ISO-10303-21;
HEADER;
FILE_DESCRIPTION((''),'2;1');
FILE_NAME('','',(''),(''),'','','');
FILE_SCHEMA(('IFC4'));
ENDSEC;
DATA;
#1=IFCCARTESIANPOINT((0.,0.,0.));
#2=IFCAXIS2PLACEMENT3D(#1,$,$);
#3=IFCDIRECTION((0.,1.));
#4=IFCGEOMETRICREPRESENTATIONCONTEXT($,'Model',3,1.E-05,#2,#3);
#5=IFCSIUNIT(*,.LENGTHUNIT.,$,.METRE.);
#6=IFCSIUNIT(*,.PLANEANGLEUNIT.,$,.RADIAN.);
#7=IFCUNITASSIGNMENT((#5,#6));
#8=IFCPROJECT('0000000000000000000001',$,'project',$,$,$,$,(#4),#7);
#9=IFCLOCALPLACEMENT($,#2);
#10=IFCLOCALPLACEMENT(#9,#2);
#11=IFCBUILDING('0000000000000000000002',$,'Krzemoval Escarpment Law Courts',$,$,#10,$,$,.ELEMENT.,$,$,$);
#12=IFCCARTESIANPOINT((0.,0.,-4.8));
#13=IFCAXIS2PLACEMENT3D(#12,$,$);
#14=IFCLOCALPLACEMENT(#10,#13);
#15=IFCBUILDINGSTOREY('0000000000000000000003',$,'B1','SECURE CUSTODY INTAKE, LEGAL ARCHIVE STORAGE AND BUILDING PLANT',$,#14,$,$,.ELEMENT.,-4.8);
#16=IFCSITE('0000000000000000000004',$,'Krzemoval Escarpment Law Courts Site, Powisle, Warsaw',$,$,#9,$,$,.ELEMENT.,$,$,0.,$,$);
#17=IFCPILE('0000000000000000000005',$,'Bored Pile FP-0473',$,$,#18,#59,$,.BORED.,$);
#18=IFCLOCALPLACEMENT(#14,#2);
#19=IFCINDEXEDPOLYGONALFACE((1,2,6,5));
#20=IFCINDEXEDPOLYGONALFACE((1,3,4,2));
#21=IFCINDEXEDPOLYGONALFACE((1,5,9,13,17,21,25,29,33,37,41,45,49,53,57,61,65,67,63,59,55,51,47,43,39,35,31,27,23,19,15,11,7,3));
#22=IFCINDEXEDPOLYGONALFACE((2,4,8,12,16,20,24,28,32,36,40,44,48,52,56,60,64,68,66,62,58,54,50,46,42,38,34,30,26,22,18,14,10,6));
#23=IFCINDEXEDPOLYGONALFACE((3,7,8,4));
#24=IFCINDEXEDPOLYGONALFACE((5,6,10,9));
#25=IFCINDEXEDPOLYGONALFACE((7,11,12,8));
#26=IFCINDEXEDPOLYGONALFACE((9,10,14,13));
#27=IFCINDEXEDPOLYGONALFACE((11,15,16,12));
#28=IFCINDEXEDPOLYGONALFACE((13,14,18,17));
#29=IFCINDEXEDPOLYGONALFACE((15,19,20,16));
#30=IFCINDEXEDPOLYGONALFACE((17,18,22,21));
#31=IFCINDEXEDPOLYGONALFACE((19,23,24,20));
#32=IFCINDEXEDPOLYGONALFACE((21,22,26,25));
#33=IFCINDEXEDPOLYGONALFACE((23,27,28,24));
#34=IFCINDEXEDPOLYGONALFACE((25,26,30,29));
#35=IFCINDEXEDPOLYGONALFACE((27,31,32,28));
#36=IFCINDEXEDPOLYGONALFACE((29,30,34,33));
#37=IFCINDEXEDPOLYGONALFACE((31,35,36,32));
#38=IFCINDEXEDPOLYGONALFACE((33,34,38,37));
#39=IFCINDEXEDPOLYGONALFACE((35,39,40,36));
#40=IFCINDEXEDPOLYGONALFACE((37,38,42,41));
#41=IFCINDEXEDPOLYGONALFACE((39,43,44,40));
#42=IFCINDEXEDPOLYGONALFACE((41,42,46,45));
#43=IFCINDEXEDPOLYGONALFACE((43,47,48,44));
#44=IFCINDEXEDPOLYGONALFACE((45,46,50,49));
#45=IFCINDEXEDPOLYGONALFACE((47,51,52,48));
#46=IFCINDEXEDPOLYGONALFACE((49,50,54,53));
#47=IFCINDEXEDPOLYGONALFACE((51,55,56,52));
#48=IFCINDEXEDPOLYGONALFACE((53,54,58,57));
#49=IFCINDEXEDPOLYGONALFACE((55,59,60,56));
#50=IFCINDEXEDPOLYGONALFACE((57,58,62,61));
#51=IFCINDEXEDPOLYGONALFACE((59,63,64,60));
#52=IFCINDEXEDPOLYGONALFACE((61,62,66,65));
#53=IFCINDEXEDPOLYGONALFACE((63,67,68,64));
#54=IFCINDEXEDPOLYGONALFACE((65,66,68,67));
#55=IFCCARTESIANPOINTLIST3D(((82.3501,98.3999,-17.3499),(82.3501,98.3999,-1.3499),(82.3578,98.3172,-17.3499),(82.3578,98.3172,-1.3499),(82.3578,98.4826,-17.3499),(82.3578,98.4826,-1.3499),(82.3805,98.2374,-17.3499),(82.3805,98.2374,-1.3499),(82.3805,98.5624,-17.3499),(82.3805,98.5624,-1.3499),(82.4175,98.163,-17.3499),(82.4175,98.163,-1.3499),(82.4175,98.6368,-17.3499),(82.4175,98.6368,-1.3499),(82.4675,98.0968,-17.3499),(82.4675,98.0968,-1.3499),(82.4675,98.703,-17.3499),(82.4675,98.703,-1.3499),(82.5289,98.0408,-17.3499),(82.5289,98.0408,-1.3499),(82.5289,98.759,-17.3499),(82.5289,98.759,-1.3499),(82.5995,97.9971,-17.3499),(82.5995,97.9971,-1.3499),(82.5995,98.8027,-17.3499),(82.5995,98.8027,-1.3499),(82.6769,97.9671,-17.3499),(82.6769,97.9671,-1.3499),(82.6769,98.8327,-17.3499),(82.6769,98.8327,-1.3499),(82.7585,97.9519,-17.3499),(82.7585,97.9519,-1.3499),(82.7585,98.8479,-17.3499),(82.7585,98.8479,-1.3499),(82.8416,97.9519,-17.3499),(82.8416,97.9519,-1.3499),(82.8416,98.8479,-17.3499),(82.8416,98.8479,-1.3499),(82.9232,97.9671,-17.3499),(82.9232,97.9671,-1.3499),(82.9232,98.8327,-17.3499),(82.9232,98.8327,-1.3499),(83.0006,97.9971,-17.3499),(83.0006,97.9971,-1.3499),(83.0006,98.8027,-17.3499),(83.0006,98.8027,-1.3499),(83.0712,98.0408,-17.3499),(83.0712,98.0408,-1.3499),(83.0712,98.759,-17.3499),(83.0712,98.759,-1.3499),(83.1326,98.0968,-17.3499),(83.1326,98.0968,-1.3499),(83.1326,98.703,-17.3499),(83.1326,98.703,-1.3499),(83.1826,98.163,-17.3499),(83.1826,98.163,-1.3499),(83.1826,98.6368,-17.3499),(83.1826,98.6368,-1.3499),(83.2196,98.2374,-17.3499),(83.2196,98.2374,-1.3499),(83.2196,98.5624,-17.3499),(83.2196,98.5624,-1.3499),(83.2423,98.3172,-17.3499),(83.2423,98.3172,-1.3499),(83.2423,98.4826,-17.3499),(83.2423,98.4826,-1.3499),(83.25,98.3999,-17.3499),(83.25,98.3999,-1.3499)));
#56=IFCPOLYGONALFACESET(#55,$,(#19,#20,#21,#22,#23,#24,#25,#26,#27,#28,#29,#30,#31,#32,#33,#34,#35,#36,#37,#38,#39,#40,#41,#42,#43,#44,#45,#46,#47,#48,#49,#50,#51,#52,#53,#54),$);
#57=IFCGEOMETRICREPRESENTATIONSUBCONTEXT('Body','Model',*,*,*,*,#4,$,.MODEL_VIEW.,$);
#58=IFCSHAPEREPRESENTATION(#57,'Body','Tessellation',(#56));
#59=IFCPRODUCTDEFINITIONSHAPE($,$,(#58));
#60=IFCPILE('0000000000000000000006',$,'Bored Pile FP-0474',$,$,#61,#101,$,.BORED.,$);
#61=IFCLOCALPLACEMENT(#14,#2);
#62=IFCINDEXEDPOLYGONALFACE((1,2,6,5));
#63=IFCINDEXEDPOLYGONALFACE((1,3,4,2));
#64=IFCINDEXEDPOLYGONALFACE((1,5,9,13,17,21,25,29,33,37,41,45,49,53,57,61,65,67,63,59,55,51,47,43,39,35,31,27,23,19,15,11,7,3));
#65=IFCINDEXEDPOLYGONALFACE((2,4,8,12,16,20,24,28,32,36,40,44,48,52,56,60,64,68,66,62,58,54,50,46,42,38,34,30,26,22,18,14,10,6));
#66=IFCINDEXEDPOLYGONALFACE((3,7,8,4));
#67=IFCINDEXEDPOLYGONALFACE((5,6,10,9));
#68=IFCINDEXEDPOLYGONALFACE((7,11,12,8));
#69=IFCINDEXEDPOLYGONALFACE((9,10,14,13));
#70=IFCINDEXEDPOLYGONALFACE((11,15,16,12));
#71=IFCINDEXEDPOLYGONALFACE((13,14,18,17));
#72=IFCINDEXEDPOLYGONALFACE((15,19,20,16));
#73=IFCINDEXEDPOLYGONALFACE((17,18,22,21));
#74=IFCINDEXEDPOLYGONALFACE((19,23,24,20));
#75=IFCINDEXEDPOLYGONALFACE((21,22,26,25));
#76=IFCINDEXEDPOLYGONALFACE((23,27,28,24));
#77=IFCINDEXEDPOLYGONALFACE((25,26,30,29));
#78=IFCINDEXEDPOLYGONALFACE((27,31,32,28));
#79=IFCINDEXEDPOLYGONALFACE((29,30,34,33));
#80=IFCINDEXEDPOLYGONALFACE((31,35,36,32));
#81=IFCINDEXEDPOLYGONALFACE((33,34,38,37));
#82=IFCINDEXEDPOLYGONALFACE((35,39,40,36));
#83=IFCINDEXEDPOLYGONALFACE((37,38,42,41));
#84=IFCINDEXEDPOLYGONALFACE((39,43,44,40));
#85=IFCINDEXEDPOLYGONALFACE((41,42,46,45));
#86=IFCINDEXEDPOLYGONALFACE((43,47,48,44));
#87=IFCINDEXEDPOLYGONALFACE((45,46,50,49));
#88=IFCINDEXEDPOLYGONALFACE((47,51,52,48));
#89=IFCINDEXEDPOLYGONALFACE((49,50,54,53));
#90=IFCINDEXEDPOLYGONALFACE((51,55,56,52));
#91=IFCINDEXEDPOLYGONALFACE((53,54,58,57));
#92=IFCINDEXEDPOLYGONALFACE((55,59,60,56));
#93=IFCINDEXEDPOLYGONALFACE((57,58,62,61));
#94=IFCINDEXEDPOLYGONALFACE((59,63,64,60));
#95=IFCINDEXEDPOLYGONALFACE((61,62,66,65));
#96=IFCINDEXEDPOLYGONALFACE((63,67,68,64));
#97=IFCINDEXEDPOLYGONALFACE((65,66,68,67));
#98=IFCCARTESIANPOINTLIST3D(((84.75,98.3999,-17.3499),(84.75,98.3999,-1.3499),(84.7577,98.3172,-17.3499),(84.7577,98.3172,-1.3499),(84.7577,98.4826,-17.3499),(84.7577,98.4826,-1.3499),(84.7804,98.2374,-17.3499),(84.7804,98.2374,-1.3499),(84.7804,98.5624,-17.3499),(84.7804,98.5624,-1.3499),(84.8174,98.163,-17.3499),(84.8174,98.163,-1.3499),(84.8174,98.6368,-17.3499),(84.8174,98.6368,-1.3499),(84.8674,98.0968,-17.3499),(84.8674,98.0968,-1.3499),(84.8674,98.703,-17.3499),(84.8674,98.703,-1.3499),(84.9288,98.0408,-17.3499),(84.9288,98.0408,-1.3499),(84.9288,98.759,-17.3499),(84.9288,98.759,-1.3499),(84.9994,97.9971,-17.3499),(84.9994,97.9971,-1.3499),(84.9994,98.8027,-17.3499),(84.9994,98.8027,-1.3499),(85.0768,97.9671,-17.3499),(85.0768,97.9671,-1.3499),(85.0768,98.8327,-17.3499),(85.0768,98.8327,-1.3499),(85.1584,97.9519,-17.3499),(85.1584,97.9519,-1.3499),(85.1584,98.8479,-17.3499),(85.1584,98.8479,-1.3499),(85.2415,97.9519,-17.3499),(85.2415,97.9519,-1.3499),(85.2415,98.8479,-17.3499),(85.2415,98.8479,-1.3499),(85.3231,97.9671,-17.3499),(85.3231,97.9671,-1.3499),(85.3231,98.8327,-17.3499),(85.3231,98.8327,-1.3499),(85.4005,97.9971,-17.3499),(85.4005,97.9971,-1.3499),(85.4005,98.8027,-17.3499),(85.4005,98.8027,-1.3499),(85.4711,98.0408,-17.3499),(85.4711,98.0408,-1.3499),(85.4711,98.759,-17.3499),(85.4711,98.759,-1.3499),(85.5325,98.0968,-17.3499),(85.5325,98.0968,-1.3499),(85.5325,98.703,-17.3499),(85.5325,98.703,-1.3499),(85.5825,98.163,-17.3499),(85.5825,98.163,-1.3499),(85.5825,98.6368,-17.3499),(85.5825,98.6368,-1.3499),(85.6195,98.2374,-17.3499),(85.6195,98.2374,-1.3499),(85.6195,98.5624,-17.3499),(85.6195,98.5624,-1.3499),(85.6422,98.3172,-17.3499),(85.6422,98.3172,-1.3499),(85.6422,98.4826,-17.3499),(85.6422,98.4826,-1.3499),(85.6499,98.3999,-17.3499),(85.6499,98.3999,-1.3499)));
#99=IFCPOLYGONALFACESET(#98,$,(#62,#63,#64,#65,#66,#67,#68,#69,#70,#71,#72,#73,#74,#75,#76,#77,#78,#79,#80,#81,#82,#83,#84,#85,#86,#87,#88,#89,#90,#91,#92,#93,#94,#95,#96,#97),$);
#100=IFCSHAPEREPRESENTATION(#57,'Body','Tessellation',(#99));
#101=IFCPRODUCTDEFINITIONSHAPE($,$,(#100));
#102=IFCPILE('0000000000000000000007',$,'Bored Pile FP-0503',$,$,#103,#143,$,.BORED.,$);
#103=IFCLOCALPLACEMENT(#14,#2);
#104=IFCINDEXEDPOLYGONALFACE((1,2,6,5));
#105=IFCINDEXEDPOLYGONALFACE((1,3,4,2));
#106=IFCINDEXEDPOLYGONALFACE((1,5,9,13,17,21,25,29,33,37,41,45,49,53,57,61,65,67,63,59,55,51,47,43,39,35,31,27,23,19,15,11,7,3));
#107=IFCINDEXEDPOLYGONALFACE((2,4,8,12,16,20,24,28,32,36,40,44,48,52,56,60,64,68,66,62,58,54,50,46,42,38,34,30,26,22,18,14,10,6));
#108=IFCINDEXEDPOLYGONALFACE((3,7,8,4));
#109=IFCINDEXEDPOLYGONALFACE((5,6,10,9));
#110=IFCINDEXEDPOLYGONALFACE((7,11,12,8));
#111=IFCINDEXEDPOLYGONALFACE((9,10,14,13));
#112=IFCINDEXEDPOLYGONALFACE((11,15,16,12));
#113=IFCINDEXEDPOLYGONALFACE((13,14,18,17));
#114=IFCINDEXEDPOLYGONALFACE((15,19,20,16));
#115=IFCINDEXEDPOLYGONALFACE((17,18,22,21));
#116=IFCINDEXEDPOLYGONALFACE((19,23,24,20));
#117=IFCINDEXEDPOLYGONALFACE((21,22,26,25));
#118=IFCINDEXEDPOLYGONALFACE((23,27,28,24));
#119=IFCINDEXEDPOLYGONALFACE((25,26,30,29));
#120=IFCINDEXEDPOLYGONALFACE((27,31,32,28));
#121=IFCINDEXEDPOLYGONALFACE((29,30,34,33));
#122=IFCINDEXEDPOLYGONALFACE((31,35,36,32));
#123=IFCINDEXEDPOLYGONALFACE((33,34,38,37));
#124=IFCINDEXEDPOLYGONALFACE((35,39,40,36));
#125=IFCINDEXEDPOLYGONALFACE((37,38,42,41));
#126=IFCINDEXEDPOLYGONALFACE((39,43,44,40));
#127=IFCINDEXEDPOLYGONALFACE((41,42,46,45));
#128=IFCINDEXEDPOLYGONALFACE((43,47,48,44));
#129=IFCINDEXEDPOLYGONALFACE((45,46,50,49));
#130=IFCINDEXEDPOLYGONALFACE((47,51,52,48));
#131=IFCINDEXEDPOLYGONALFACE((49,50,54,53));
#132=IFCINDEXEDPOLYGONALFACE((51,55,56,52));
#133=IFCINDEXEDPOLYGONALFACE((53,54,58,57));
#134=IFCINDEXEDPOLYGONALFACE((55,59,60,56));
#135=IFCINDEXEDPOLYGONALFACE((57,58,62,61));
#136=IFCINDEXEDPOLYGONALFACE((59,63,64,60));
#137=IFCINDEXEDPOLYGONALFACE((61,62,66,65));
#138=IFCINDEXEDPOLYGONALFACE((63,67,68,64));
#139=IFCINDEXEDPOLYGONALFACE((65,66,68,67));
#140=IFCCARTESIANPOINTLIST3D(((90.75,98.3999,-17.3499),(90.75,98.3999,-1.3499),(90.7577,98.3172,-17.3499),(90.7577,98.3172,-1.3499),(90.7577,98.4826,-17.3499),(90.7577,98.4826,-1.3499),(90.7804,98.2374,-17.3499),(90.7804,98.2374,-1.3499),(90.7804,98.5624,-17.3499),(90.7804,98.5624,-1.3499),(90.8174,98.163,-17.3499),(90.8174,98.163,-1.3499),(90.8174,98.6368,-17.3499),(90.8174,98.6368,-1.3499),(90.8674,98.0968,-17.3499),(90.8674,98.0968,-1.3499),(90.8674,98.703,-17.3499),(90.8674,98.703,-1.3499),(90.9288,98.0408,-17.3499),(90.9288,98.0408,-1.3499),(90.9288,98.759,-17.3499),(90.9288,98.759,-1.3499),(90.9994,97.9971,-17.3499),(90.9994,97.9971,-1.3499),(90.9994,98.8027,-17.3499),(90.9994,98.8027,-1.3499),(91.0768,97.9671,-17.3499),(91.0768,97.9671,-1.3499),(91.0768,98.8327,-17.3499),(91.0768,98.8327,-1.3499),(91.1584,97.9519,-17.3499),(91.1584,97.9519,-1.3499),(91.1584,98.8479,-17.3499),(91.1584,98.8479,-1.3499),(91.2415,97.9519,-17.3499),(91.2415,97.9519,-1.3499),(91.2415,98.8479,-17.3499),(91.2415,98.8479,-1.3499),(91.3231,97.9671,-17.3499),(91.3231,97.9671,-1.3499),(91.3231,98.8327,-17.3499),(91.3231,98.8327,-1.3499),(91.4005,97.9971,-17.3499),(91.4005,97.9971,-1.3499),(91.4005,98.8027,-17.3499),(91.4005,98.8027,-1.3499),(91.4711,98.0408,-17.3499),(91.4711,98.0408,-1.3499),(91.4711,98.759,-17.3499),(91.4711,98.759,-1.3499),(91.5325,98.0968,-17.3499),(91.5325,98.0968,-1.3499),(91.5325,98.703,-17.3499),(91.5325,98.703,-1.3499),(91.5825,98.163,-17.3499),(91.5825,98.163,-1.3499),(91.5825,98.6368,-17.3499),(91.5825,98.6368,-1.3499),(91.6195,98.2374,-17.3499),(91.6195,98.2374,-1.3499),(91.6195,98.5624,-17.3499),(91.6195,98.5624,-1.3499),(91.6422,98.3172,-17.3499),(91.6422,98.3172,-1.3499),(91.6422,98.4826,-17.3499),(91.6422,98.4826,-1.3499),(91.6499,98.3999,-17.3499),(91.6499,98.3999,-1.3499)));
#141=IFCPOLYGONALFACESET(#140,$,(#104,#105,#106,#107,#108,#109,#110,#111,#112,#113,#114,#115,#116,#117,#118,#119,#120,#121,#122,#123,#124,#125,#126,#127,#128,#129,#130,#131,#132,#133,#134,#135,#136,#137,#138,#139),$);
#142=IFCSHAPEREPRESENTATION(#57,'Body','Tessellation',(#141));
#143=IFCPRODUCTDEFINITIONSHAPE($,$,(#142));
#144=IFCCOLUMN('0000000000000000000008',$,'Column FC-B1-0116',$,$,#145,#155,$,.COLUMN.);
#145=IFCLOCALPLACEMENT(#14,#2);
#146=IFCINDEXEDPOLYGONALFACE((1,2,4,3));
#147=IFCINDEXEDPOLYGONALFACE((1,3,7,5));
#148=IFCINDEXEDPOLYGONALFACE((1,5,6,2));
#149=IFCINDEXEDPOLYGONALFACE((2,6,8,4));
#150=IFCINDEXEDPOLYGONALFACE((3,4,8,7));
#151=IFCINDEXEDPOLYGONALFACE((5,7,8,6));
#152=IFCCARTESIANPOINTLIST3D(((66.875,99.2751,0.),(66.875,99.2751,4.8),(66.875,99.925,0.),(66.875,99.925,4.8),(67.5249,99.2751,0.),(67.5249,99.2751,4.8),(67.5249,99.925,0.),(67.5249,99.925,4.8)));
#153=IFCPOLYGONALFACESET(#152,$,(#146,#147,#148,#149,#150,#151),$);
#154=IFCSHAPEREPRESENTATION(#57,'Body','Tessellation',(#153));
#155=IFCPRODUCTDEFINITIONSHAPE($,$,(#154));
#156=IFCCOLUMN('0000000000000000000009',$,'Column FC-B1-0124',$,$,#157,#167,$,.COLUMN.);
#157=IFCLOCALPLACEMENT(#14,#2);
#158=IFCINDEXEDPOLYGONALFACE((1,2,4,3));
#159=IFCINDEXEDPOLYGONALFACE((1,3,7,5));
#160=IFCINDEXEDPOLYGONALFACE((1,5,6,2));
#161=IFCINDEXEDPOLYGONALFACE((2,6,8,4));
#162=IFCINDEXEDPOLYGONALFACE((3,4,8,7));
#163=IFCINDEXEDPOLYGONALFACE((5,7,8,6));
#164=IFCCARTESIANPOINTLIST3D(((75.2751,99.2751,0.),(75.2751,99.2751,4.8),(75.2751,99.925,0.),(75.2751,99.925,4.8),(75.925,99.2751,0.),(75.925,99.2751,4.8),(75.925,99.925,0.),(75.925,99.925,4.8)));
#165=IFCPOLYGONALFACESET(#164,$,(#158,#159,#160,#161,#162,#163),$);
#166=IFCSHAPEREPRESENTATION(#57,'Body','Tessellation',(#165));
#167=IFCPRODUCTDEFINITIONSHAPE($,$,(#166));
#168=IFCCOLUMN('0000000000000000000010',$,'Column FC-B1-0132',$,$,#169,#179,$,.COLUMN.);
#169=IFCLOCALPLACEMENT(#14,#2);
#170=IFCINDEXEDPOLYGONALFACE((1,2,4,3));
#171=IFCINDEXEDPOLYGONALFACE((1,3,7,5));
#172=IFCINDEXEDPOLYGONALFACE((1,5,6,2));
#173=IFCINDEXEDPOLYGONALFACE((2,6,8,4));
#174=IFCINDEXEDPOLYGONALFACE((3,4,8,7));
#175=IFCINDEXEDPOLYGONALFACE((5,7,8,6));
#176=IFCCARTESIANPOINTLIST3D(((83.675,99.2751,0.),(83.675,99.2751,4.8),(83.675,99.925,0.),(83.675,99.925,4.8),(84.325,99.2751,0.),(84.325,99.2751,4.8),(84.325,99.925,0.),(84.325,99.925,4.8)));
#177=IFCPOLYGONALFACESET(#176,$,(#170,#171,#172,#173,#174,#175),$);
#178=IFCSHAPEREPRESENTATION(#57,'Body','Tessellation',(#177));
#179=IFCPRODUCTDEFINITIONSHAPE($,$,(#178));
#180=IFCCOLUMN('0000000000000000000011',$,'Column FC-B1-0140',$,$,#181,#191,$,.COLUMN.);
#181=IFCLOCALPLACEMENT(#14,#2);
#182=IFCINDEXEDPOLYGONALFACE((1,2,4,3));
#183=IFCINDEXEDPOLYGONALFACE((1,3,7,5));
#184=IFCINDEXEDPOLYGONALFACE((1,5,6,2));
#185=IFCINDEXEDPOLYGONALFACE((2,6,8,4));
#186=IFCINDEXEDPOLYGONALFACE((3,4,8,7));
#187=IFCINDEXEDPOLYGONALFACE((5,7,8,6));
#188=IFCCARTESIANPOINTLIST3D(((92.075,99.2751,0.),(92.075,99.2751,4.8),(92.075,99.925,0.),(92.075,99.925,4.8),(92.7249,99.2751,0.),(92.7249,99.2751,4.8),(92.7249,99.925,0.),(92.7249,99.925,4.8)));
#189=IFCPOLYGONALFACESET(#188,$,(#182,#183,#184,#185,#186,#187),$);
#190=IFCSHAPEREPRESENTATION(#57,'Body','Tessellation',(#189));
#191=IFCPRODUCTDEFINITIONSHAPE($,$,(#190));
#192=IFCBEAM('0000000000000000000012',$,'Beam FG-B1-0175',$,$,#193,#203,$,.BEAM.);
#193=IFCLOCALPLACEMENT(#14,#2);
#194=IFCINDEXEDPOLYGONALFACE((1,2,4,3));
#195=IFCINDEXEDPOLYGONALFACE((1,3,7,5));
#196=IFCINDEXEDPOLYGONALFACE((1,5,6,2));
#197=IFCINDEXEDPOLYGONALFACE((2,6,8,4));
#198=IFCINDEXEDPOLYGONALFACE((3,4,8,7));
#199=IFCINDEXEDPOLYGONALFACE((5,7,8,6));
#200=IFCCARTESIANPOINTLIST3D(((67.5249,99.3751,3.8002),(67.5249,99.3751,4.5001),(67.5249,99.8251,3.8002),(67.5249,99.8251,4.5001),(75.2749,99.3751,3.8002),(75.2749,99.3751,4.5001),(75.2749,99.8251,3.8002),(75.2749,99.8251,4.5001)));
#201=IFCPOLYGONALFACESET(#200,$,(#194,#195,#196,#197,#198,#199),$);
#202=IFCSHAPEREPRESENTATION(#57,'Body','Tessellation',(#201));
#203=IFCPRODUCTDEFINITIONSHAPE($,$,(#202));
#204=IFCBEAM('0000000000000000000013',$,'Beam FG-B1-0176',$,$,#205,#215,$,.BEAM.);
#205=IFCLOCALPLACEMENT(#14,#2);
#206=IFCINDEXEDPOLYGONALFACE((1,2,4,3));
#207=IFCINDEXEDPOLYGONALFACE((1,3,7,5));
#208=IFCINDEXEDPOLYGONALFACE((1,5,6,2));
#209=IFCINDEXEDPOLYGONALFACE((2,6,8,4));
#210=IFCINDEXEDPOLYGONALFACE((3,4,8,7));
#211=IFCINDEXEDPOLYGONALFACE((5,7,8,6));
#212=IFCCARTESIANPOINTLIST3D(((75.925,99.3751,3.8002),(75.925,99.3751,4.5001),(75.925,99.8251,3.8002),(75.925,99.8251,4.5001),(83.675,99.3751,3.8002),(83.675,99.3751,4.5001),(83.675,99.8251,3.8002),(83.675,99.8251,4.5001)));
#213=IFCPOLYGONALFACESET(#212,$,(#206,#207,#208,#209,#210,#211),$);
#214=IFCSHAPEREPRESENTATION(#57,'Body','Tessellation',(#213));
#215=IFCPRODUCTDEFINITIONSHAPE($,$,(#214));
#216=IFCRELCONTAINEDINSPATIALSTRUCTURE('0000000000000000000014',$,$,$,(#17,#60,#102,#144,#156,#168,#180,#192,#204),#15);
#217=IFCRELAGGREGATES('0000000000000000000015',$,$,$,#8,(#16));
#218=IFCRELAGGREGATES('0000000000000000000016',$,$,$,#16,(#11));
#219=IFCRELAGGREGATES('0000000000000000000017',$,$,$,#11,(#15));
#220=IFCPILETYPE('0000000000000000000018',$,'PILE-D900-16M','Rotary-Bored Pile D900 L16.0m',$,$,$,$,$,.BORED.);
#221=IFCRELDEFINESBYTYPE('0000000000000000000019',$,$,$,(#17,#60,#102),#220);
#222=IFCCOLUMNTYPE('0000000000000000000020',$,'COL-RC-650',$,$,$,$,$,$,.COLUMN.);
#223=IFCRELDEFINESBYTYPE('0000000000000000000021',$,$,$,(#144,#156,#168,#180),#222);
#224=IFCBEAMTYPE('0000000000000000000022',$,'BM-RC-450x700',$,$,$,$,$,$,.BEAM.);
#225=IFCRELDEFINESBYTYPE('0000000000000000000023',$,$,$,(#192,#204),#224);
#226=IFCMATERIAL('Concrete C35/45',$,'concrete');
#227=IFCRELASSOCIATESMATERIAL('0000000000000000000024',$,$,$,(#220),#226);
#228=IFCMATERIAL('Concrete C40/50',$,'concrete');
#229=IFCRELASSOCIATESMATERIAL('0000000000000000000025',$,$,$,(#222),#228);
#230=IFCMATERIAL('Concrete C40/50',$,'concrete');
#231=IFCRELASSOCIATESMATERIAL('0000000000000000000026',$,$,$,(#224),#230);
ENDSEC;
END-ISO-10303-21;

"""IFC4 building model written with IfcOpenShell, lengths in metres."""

from ifc_helpers import new_model, si_unit, direction, frame, origin, origin_2d, place, context, subcontext, project, spatial, rectangle, circle, extrude, material, material_profile, profile_set, type_object, element, save


model = new_model("IFC4")

# Units and contexts
model_context = context("Model", 3, precision=1e-05, world=origin(), true_north=direction((0.0, 1.0)))
body_context = subcontext(model_context, "Body", "Model", "MODEL_VIEW")
ifc_project = project(units=[si_unit("LENGTHUNIT", "METRE"), si_unit("PLANEANGLEUNIT", "RADIAN")], contexts=[model_context])

# Site, building, storey
site_placement = place(None, origin())
site = spatial("IfcSite", under=ifc_project, at=site_placement, Name="Krzemoval Escarpment Law Courts Site, Powisle, Warsaw", CompositionType="ELEMENT", RefElevation=0.0)
building_placement = place(site_placement, origin())
building = spatial("IfcBuilding", under=site, at=building_placement, Name="Krzemoval Escarpment Law Courts", CompositionType="ELEMENT")
storey_placement = place(building_placement, frame((0.0, 0.0, -4.8)))
storey = spatial("IfcBuildingStorey", under=building, at=storey_placement, Name="B1", Description="SECURE CUSTODY INTAKE, LEGAL ARCHIVE STORAGE AND BUILDING PLANT", CompositionType="ELEMENT", Elevation=-4.8)

# Piles
ifc_material_1 = material(Name="Concrete C35/45", Category="concrete")
ifc_material_profile_1 = material_profile(ifc_material_1, circle(Radius=0.45, at=origin_2d()), Name="PILE D900")
ifc_profile_set_1 = profile_set([ifc_material_profile_1], Name="Concrete C35/45")
pile_type = type_object("IfcPileType", Name="PILE-D900-16M", Description="Rotary-Bored Pile D900 L16.0m", PredefinedType="BORED", material=ifc_profile_set_1)
for number, where, z_axis, x_axis, name in (
    (1, (82.8, 98.3999, -1.3499), (0.0, 0.0, -1.0), (1.0, 0.0, 0.0), "Bored Pile FP-0473"),
    (2, (85.2, 98.3999, -1.3499), (0.0, 0.0, -1.0), (1.0, 0.0, 0.0), "Bored Pile FP-0474"),
    (3, (91.2, 98.3999, -1.3499), (0.0, 0.0, -1.0), (1.0, 0.0, 0.0), "Bored Pile FP-0503"),
):
    element("IfcPile", number, at=place(storey_placement, frame(where, z_axis=z_axis, x_axis=x_axis)), inside=storey, type_object=pile_type, Name=name, PredefinedType="BORED", context=body_context, shape_type="SweptSolid", body=[
        extrude(circle(Radius=0.45, at=origin_2d()), origin(), (0.0, 0.0, 1.0), 16.0),
    ])

# Columns
ifc_material_2 = material(Name="Concrete C40/50", Category="concrete")
ifc_material_profile_2 = material_profile(ifc_material_2, rectangle(XDim=0.6499, YDim=0.6499, at=origin_2d()), Name="RC 650x650")
ifc_profile_set_2 = profile_set([ifc_material_profile_2], Name="Concrete C40/50")
column_type = type_object("IfcColumnType", Name="COL-RC-650", PredefinedType="COLUMN", material=ifc_profile_set_2)
for number, where, z_axis, x_axis, name in (
    (4, (67.2, 99.6001, 0.0), (0.0, 0.0, 1.0), (1.0, 0.0, 0.0), "Column FC-B1-0116"),
    (5, (75.6001, 99.6001, 0.0), (0.0, 0.0, 1.0), (1.0, 0.0, 0.0), "Column FC-B1-0124"),
    (6, (84.0, 99.6001, 0.0), (0.0, 0.0, 1.0), (1.0, 0.0, 0.0), "Column FC-B1-0132"),
    (7, (92.3999, 99.6001, 0.0), (0.0, 0.0, 1.0), (1.0, 0.0, 0.0), "Column FC-B1-0140"),
):
    element("IfcColumn", number, at=place(storey_placement, frame(where, z_axis=z_axis, x_axis=x_axis)), inside=storey, type_object=column_type, Name=name, PredefinedType="COLUMN", context=body_context, shape_type="SweptSolid", body=[
        extrude(rectangle(XDim=0.6499, YDim=0.6499, at=origin_2d()), origin(), (0.0, 0.0, 1.0), 4.8),
    ])

# Beams
ifc_material_3 = material(Name="Concrete C40/50", Category="concrete")
ifc_material_profile_3 = material_profile(ifc_material_3, rectangle(XDim=0.45, YDim=0.7, at=origin_2d()), Name="RCB 450x700")
ifc_profile_set_3 = profile_set([ifc_material_profile_3], Name="Concrete C40/50")
beam_type_1 = type_object("IfcBeamType", Name="BM-RC-450x700", PredefinedType="BEAM", material=ifc_profile_set_3)
for number, where, z_axis, x_axis, name in (
    (8, (67.5249, 99.6001, 4.1501), (1.0, 0.0, 0.0), (0.0, 1.0, 0.0), "Beam FG-B1-0175"),
    (9, (75.925, 99.6001, 4.1501), (1.0, 0.0, 0.0), (0.0, 1.0, 0.0), "Beam FG-B1-0176"),
):
    element("IfcBeam", number, at=place(storey_placement, frame(where, z_axis=z_axis, x_axis=x_axis)), inside=storey, type_object=beam_type_1, Name=name, PredefinedType="BEAM", context=body_context, shape_type="SweptSolid", body=[
        extrude(rectangle(XDim=0.45, YDim=0.7, at=origin_2d()), origin(), (0.0, 0.0, 1.0), 7.75),
    ])

save(model, "model.ifc")
